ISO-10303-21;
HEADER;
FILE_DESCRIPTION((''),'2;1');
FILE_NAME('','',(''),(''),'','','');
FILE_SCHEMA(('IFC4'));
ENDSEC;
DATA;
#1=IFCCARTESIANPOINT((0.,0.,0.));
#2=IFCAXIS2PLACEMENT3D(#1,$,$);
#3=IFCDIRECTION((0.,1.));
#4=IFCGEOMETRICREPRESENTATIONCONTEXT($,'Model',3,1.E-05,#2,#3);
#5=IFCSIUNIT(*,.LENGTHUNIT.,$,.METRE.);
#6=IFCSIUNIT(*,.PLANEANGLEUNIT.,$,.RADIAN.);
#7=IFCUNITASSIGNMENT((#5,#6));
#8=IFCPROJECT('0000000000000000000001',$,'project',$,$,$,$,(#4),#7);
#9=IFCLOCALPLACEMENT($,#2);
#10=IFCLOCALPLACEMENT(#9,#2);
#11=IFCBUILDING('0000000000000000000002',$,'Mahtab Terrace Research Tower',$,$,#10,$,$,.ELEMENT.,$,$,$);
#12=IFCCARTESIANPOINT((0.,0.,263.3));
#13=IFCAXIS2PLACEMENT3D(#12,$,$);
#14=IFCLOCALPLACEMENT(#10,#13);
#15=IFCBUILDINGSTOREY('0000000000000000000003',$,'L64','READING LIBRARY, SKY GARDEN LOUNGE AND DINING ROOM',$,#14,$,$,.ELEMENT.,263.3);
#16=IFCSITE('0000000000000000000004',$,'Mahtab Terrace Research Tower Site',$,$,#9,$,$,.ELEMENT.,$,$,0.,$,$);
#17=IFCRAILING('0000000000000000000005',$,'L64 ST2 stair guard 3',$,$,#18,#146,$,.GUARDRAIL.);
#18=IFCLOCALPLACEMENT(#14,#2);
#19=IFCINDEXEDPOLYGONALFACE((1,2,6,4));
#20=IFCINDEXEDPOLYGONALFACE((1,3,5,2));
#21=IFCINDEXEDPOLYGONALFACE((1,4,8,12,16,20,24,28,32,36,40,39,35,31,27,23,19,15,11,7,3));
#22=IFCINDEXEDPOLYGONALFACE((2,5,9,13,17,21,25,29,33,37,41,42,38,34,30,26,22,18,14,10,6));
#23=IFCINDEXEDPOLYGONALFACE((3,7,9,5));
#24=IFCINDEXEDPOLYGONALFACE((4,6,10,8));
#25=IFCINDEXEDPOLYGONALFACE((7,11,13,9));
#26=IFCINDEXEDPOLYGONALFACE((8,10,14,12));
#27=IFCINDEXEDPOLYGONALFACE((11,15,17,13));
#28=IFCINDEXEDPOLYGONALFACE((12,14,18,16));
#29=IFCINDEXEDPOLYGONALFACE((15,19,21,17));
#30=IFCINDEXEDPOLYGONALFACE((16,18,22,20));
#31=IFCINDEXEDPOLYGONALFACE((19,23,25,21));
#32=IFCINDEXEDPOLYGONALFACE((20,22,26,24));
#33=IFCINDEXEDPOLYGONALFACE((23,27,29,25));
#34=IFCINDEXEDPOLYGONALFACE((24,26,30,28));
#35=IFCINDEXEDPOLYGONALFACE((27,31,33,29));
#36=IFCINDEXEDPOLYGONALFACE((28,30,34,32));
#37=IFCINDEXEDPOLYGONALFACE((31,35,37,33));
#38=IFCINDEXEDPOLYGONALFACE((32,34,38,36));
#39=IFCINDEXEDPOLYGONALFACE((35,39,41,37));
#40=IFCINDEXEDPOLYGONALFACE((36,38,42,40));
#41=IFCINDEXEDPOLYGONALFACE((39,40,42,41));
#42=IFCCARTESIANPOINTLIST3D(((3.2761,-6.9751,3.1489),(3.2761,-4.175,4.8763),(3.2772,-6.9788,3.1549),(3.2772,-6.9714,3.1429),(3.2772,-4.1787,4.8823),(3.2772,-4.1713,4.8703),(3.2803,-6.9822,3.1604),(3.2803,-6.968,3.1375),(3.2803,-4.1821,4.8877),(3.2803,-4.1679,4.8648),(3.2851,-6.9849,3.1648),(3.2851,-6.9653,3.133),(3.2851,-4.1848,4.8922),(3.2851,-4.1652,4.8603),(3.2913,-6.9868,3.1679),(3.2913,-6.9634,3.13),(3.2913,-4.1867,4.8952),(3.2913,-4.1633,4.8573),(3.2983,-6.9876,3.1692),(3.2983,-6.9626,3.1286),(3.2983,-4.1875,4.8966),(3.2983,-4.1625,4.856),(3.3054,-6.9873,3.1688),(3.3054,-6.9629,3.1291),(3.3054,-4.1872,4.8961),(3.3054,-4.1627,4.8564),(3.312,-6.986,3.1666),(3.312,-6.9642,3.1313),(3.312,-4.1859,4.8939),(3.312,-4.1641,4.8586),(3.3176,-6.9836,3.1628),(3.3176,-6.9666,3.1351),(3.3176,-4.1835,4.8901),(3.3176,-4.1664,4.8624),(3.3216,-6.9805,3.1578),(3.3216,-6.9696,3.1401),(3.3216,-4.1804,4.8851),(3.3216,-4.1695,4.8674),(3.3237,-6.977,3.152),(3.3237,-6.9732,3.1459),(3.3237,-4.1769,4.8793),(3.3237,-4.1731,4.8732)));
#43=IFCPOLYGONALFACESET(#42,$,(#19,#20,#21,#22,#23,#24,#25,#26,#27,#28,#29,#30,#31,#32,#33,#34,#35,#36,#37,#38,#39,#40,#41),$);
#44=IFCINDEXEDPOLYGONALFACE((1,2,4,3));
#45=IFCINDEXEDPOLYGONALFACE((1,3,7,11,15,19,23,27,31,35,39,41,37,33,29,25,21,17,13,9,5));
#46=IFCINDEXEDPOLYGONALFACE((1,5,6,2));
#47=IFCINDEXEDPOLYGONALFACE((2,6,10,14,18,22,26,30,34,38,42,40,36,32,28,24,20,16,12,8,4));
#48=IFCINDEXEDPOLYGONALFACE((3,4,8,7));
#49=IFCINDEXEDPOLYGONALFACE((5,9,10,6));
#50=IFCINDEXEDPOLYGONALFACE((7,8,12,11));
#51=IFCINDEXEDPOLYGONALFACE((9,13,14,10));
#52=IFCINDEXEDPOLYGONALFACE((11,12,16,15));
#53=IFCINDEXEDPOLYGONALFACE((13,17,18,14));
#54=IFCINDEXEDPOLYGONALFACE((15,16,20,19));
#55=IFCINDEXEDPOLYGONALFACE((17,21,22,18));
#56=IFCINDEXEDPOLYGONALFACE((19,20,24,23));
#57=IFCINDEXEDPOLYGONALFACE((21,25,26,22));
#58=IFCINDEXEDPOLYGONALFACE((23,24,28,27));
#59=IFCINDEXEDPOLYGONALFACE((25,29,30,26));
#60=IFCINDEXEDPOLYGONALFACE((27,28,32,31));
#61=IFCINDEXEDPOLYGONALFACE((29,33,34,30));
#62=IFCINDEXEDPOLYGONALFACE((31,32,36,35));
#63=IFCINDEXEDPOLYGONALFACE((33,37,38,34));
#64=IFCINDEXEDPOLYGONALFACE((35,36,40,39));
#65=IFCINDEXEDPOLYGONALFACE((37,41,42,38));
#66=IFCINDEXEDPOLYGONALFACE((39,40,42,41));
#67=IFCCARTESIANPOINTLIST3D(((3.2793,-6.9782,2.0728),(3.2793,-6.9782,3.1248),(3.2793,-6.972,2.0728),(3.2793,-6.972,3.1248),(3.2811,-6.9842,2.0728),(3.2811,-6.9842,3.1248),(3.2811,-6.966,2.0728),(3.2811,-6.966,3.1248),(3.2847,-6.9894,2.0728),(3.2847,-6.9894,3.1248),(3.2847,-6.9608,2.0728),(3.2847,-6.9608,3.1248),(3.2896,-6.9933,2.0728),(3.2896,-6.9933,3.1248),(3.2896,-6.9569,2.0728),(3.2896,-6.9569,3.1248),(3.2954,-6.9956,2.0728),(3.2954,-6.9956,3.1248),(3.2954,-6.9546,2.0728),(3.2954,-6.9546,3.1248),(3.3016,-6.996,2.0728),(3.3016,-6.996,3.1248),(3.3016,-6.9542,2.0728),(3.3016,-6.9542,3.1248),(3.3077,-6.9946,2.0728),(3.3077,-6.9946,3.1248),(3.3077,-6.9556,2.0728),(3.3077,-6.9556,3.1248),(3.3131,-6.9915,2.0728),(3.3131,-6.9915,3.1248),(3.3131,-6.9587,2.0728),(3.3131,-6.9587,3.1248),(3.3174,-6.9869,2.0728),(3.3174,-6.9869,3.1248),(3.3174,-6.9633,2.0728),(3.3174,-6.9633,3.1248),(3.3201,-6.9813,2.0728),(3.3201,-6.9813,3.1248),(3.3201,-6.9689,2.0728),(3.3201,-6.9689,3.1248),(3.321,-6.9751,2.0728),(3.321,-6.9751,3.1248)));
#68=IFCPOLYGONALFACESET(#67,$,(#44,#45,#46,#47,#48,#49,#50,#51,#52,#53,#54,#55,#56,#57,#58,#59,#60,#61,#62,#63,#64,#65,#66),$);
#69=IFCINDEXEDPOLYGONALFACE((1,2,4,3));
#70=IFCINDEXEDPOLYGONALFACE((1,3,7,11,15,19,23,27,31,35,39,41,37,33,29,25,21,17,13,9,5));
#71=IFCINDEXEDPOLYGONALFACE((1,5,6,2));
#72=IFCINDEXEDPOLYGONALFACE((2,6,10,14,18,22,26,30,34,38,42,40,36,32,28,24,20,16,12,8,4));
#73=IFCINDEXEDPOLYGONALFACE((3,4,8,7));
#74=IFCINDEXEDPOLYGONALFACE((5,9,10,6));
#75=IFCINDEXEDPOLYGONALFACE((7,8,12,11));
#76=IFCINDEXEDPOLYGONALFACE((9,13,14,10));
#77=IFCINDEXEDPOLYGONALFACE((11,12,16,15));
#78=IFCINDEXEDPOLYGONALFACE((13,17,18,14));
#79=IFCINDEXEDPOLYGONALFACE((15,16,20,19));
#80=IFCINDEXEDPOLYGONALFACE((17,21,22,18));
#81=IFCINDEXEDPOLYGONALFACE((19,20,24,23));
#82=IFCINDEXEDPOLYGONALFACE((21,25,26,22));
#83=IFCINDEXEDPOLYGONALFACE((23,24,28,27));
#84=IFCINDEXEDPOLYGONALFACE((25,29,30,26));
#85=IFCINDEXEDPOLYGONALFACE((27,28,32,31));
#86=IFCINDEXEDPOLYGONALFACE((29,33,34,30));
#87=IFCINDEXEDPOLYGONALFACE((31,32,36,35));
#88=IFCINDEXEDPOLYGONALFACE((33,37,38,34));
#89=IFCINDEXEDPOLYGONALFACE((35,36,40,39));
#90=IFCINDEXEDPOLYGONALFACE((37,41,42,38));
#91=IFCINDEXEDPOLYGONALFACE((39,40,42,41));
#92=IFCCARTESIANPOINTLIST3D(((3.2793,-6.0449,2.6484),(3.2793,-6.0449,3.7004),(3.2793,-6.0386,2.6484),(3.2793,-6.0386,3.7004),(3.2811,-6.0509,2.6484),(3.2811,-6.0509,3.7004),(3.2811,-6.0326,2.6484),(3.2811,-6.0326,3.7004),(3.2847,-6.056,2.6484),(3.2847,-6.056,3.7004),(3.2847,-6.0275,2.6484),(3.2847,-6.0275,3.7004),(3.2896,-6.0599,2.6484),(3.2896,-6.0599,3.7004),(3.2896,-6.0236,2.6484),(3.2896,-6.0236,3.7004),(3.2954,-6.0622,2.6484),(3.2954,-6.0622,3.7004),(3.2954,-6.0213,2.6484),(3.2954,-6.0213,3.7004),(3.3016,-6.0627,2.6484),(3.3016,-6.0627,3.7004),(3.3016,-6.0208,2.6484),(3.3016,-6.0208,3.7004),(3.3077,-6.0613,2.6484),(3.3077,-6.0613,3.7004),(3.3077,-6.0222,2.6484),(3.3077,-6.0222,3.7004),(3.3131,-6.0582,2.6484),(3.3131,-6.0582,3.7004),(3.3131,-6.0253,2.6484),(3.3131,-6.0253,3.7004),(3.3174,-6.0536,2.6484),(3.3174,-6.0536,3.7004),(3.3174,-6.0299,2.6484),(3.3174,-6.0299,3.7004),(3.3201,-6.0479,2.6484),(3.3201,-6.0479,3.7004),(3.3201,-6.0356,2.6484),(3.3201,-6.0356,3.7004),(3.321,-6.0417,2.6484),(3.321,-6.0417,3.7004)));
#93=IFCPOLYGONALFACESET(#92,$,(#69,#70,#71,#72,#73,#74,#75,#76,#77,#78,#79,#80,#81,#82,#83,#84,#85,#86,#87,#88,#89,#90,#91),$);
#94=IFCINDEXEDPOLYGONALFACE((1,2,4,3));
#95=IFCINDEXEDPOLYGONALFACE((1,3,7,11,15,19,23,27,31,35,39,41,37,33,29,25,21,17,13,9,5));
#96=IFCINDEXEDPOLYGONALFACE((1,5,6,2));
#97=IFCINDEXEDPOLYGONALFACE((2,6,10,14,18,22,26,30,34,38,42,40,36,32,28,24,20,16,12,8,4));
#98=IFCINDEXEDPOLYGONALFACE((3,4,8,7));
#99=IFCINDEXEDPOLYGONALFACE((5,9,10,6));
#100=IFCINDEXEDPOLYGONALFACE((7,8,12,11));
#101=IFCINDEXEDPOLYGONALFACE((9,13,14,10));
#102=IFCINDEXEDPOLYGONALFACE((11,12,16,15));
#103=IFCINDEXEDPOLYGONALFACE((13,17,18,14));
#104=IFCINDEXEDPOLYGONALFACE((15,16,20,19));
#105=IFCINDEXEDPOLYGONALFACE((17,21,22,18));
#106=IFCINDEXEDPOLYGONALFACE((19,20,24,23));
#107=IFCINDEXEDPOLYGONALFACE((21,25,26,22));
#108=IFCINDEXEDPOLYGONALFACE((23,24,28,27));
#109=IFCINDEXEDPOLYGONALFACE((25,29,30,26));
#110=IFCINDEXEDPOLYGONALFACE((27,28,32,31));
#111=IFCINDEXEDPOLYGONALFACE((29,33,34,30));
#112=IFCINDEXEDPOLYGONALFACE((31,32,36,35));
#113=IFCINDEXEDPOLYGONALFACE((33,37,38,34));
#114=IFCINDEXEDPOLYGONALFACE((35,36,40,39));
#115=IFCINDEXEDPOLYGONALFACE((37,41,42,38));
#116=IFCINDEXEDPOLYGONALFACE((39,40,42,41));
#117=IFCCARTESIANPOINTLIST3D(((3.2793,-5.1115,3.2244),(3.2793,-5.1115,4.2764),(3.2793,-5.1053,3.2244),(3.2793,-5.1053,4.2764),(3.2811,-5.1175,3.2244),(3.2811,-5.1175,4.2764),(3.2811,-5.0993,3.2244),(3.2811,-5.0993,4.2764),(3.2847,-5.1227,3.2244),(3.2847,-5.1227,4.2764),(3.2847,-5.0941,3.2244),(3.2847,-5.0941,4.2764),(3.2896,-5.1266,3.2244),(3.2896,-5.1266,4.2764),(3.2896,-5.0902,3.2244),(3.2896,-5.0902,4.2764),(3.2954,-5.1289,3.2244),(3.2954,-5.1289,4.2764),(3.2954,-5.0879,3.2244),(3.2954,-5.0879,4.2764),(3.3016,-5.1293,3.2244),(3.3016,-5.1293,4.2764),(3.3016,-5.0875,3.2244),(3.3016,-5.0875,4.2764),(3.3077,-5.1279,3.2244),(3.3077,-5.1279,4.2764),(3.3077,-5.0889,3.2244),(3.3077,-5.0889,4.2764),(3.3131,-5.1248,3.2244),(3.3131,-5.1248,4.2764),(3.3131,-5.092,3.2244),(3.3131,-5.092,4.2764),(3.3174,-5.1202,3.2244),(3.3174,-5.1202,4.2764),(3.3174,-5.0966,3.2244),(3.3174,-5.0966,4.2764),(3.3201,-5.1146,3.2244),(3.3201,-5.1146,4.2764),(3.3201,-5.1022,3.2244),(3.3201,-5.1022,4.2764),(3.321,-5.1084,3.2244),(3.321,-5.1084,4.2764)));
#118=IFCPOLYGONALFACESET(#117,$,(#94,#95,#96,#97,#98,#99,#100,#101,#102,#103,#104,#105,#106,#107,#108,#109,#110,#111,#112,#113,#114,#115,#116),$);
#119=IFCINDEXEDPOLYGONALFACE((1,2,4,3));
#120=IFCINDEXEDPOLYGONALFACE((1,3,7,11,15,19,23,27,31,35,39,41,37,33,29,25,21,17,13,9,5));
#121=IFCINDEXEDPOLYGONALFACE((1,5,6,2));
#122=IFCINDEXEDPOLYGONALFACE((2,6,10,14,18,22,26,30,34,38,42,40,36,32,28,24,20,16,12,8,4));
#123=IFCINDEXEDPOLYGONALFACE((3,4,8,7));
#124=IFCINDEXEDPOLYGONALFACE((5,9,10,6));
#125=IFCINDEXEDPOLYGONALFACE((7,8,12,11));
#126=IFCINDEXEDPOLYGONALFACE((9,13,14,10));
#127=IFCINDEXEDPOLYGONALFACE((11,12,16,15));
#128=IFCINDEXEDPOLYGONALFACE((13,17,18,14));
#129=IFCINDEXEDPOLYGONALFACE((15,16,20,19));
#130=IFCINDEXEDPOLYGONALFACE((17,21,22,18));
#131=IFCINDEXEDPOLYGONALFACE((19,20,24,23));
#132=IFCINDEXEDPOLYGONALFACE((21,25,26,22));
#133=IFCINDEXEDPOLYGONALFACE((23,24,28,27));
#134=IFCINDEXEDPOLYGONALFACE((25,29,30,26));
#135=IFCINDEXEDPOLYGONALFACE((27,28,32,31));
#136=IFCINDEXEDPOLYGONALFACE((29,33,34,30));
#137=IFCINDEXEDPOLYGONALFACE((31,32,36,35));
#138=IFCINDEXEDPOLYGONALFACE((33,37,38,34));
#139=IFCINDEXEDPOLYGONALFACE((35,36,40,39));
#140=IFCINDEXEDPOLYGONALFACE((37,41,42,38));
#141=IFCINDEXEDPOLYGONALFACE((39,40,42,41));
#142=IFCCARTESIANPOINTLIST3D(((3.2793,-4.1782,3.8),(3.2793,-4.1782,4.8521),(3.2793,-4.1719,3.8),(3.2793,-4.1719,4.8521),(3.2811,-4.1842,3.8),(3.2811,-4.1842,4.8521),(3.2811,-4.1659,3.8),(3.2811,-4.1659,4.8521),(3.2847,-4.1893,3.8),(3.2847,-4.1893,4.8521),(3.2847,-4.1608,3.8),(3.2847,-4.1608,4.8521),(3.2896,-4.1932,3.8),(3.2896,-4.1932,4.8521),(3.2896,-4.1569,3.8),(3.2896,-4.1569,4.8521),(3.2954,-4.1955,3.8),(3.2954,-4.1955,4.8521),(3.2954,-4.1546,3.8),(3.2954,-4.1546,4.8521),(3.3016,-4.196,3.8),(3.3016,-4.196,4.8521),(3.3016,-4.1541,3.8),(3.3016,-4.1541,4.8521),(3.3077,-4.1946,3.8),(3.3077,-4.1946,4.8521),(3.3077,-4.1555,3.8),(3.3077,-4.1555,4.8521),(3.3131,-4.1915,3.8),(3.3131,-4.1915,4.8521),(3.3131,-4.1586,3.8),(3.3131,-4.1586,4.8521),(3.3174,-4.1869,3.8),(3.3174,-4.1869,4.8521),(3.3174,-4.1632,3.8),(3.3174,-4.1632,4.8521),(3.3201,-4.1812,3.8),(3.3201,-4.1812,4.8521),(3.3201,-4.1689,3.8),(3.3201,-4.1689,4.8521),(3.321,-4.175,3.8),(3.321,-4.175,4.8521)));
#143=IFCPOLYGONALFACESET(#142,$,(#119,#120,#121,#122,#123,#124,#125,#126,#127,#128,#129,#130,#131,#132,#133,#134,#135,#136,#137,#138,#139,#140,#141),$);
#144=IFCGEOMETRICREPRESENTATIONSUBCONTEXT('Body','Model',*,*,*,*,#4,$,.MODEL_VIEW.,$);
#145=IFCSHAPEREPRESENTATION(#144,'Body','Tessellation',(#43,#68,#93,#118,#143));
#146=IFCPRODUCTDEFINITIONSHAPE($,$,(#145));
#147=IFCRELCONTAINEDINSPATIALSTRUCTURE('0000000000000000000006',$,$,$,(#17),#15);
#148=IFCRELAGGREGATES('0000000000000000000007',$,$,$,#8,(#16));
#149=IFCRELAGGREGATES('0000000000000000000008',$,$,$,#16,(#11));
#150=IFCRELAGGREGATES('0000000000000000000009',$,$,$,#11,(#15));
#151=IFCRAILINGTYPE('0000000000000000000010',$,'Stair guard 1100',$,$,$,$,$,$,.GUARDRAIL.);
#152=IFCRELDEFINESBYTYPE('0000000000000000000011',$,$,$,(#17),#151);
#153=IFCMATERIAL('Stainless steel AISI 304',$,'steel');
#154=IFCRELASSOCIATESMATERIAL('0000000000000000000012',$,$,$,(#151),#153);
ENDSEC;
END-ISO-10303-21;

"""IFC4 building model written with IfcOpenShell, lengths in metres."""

from ifc_helpers import new_model, si_unit, direction, frame, origin, origin_2d, place, context, subcontext, project, spatial, circle, extrude, material, type_object, element, save


model = new_model("IFC4")

# Units and contexts
model_context = context("Model", 3, precision=1e-05, world=origin(), true_north=direction((0.0, 1.0)))
body_context = subcontext(model_context, "Body", "Model", "MODEL_VIEW")
ifc_project = project(units=[si_unit("LENGTHUNIT", "METRE"), si_unit("PLANEANGLEUNIT", "RADIAN")], contexts=[model_context])

# Site, building, storey
site_placement = place(None, origin())
site = spatial("IfcSite", under=ifc_project, at=site_placement, Name="Mahtab Terrace Research Tower Site", CompositionType="ELEMENT", RefElevation=0.0)
building_placement = place(site_placement, origin())
building = spatial("IfcBuilding", under=site, at=building_placement, Name="Mahtab Terrace Research Tower", CompositionType="ELEMENT")
storey_placement = place(building_placement, frame((0.0, 0.0, 263.3)))
storey = spatial("IfcBuildingStorey", under=building, at=storey_placement, Name="L64", Description="READING LIBRARY, SKY GARDEN LOUNGE AND DINING ROOM", CompositionType="ELEMENT", Elevation=263.3)

# Railing
ifc_material_1 = material(Name="Stainless steel AISI 304", Category="steel")
railing_type_1 = type_object("IfcRailingType", Name="Stair guard 1100", PredefinedType="GUARDRAIL", material=ifc_material_1)
railing_1_placement = place(storey_placement, frame((3.3, -6.9751, 2.0728)))
element("IfcRailing", 1, at=railing_1_placement, inside=storey, type_object=railing_type_1, Name="L64 ST2 stair guard 3", PredefinedType="GUARDRAIL", context=body_context, shape_type="SweptSolid", body=[
    extrude(circle(Radius=0.0239, at=origin_2d()), frame((0.0, 0.0, 1.0762), z_axis=(0.0, 0.85109, 0.52502), x_axis=(-1.0, 0.0, 0.0)), (0.0, 0.0, 1.0), 3.29),
    extrude(circle(Radius=0.021, at=origin_2d()), origin(), (0.0, 0.0, 1.0), 1.052),
    extrude(circle(Radius=0.021, at=origin_2d()), frame((0.0, 0.9333, 0.5757)), (0.0, 0.0, 1.0), 1.052),
    extrude(circle(Radius=0.021, at=origin_2d()), frame((0.0, 1.8667, 1.1516)), (0.0, 0.0, 1.0), 1.052),
    extrude(circle(Radius=0.021, at=origin_2d()), frame((0.0, 2.8, 1.7273)), (0.0, 0.0, 1.0), 1.052),
])

save(model, "model.ifc")
